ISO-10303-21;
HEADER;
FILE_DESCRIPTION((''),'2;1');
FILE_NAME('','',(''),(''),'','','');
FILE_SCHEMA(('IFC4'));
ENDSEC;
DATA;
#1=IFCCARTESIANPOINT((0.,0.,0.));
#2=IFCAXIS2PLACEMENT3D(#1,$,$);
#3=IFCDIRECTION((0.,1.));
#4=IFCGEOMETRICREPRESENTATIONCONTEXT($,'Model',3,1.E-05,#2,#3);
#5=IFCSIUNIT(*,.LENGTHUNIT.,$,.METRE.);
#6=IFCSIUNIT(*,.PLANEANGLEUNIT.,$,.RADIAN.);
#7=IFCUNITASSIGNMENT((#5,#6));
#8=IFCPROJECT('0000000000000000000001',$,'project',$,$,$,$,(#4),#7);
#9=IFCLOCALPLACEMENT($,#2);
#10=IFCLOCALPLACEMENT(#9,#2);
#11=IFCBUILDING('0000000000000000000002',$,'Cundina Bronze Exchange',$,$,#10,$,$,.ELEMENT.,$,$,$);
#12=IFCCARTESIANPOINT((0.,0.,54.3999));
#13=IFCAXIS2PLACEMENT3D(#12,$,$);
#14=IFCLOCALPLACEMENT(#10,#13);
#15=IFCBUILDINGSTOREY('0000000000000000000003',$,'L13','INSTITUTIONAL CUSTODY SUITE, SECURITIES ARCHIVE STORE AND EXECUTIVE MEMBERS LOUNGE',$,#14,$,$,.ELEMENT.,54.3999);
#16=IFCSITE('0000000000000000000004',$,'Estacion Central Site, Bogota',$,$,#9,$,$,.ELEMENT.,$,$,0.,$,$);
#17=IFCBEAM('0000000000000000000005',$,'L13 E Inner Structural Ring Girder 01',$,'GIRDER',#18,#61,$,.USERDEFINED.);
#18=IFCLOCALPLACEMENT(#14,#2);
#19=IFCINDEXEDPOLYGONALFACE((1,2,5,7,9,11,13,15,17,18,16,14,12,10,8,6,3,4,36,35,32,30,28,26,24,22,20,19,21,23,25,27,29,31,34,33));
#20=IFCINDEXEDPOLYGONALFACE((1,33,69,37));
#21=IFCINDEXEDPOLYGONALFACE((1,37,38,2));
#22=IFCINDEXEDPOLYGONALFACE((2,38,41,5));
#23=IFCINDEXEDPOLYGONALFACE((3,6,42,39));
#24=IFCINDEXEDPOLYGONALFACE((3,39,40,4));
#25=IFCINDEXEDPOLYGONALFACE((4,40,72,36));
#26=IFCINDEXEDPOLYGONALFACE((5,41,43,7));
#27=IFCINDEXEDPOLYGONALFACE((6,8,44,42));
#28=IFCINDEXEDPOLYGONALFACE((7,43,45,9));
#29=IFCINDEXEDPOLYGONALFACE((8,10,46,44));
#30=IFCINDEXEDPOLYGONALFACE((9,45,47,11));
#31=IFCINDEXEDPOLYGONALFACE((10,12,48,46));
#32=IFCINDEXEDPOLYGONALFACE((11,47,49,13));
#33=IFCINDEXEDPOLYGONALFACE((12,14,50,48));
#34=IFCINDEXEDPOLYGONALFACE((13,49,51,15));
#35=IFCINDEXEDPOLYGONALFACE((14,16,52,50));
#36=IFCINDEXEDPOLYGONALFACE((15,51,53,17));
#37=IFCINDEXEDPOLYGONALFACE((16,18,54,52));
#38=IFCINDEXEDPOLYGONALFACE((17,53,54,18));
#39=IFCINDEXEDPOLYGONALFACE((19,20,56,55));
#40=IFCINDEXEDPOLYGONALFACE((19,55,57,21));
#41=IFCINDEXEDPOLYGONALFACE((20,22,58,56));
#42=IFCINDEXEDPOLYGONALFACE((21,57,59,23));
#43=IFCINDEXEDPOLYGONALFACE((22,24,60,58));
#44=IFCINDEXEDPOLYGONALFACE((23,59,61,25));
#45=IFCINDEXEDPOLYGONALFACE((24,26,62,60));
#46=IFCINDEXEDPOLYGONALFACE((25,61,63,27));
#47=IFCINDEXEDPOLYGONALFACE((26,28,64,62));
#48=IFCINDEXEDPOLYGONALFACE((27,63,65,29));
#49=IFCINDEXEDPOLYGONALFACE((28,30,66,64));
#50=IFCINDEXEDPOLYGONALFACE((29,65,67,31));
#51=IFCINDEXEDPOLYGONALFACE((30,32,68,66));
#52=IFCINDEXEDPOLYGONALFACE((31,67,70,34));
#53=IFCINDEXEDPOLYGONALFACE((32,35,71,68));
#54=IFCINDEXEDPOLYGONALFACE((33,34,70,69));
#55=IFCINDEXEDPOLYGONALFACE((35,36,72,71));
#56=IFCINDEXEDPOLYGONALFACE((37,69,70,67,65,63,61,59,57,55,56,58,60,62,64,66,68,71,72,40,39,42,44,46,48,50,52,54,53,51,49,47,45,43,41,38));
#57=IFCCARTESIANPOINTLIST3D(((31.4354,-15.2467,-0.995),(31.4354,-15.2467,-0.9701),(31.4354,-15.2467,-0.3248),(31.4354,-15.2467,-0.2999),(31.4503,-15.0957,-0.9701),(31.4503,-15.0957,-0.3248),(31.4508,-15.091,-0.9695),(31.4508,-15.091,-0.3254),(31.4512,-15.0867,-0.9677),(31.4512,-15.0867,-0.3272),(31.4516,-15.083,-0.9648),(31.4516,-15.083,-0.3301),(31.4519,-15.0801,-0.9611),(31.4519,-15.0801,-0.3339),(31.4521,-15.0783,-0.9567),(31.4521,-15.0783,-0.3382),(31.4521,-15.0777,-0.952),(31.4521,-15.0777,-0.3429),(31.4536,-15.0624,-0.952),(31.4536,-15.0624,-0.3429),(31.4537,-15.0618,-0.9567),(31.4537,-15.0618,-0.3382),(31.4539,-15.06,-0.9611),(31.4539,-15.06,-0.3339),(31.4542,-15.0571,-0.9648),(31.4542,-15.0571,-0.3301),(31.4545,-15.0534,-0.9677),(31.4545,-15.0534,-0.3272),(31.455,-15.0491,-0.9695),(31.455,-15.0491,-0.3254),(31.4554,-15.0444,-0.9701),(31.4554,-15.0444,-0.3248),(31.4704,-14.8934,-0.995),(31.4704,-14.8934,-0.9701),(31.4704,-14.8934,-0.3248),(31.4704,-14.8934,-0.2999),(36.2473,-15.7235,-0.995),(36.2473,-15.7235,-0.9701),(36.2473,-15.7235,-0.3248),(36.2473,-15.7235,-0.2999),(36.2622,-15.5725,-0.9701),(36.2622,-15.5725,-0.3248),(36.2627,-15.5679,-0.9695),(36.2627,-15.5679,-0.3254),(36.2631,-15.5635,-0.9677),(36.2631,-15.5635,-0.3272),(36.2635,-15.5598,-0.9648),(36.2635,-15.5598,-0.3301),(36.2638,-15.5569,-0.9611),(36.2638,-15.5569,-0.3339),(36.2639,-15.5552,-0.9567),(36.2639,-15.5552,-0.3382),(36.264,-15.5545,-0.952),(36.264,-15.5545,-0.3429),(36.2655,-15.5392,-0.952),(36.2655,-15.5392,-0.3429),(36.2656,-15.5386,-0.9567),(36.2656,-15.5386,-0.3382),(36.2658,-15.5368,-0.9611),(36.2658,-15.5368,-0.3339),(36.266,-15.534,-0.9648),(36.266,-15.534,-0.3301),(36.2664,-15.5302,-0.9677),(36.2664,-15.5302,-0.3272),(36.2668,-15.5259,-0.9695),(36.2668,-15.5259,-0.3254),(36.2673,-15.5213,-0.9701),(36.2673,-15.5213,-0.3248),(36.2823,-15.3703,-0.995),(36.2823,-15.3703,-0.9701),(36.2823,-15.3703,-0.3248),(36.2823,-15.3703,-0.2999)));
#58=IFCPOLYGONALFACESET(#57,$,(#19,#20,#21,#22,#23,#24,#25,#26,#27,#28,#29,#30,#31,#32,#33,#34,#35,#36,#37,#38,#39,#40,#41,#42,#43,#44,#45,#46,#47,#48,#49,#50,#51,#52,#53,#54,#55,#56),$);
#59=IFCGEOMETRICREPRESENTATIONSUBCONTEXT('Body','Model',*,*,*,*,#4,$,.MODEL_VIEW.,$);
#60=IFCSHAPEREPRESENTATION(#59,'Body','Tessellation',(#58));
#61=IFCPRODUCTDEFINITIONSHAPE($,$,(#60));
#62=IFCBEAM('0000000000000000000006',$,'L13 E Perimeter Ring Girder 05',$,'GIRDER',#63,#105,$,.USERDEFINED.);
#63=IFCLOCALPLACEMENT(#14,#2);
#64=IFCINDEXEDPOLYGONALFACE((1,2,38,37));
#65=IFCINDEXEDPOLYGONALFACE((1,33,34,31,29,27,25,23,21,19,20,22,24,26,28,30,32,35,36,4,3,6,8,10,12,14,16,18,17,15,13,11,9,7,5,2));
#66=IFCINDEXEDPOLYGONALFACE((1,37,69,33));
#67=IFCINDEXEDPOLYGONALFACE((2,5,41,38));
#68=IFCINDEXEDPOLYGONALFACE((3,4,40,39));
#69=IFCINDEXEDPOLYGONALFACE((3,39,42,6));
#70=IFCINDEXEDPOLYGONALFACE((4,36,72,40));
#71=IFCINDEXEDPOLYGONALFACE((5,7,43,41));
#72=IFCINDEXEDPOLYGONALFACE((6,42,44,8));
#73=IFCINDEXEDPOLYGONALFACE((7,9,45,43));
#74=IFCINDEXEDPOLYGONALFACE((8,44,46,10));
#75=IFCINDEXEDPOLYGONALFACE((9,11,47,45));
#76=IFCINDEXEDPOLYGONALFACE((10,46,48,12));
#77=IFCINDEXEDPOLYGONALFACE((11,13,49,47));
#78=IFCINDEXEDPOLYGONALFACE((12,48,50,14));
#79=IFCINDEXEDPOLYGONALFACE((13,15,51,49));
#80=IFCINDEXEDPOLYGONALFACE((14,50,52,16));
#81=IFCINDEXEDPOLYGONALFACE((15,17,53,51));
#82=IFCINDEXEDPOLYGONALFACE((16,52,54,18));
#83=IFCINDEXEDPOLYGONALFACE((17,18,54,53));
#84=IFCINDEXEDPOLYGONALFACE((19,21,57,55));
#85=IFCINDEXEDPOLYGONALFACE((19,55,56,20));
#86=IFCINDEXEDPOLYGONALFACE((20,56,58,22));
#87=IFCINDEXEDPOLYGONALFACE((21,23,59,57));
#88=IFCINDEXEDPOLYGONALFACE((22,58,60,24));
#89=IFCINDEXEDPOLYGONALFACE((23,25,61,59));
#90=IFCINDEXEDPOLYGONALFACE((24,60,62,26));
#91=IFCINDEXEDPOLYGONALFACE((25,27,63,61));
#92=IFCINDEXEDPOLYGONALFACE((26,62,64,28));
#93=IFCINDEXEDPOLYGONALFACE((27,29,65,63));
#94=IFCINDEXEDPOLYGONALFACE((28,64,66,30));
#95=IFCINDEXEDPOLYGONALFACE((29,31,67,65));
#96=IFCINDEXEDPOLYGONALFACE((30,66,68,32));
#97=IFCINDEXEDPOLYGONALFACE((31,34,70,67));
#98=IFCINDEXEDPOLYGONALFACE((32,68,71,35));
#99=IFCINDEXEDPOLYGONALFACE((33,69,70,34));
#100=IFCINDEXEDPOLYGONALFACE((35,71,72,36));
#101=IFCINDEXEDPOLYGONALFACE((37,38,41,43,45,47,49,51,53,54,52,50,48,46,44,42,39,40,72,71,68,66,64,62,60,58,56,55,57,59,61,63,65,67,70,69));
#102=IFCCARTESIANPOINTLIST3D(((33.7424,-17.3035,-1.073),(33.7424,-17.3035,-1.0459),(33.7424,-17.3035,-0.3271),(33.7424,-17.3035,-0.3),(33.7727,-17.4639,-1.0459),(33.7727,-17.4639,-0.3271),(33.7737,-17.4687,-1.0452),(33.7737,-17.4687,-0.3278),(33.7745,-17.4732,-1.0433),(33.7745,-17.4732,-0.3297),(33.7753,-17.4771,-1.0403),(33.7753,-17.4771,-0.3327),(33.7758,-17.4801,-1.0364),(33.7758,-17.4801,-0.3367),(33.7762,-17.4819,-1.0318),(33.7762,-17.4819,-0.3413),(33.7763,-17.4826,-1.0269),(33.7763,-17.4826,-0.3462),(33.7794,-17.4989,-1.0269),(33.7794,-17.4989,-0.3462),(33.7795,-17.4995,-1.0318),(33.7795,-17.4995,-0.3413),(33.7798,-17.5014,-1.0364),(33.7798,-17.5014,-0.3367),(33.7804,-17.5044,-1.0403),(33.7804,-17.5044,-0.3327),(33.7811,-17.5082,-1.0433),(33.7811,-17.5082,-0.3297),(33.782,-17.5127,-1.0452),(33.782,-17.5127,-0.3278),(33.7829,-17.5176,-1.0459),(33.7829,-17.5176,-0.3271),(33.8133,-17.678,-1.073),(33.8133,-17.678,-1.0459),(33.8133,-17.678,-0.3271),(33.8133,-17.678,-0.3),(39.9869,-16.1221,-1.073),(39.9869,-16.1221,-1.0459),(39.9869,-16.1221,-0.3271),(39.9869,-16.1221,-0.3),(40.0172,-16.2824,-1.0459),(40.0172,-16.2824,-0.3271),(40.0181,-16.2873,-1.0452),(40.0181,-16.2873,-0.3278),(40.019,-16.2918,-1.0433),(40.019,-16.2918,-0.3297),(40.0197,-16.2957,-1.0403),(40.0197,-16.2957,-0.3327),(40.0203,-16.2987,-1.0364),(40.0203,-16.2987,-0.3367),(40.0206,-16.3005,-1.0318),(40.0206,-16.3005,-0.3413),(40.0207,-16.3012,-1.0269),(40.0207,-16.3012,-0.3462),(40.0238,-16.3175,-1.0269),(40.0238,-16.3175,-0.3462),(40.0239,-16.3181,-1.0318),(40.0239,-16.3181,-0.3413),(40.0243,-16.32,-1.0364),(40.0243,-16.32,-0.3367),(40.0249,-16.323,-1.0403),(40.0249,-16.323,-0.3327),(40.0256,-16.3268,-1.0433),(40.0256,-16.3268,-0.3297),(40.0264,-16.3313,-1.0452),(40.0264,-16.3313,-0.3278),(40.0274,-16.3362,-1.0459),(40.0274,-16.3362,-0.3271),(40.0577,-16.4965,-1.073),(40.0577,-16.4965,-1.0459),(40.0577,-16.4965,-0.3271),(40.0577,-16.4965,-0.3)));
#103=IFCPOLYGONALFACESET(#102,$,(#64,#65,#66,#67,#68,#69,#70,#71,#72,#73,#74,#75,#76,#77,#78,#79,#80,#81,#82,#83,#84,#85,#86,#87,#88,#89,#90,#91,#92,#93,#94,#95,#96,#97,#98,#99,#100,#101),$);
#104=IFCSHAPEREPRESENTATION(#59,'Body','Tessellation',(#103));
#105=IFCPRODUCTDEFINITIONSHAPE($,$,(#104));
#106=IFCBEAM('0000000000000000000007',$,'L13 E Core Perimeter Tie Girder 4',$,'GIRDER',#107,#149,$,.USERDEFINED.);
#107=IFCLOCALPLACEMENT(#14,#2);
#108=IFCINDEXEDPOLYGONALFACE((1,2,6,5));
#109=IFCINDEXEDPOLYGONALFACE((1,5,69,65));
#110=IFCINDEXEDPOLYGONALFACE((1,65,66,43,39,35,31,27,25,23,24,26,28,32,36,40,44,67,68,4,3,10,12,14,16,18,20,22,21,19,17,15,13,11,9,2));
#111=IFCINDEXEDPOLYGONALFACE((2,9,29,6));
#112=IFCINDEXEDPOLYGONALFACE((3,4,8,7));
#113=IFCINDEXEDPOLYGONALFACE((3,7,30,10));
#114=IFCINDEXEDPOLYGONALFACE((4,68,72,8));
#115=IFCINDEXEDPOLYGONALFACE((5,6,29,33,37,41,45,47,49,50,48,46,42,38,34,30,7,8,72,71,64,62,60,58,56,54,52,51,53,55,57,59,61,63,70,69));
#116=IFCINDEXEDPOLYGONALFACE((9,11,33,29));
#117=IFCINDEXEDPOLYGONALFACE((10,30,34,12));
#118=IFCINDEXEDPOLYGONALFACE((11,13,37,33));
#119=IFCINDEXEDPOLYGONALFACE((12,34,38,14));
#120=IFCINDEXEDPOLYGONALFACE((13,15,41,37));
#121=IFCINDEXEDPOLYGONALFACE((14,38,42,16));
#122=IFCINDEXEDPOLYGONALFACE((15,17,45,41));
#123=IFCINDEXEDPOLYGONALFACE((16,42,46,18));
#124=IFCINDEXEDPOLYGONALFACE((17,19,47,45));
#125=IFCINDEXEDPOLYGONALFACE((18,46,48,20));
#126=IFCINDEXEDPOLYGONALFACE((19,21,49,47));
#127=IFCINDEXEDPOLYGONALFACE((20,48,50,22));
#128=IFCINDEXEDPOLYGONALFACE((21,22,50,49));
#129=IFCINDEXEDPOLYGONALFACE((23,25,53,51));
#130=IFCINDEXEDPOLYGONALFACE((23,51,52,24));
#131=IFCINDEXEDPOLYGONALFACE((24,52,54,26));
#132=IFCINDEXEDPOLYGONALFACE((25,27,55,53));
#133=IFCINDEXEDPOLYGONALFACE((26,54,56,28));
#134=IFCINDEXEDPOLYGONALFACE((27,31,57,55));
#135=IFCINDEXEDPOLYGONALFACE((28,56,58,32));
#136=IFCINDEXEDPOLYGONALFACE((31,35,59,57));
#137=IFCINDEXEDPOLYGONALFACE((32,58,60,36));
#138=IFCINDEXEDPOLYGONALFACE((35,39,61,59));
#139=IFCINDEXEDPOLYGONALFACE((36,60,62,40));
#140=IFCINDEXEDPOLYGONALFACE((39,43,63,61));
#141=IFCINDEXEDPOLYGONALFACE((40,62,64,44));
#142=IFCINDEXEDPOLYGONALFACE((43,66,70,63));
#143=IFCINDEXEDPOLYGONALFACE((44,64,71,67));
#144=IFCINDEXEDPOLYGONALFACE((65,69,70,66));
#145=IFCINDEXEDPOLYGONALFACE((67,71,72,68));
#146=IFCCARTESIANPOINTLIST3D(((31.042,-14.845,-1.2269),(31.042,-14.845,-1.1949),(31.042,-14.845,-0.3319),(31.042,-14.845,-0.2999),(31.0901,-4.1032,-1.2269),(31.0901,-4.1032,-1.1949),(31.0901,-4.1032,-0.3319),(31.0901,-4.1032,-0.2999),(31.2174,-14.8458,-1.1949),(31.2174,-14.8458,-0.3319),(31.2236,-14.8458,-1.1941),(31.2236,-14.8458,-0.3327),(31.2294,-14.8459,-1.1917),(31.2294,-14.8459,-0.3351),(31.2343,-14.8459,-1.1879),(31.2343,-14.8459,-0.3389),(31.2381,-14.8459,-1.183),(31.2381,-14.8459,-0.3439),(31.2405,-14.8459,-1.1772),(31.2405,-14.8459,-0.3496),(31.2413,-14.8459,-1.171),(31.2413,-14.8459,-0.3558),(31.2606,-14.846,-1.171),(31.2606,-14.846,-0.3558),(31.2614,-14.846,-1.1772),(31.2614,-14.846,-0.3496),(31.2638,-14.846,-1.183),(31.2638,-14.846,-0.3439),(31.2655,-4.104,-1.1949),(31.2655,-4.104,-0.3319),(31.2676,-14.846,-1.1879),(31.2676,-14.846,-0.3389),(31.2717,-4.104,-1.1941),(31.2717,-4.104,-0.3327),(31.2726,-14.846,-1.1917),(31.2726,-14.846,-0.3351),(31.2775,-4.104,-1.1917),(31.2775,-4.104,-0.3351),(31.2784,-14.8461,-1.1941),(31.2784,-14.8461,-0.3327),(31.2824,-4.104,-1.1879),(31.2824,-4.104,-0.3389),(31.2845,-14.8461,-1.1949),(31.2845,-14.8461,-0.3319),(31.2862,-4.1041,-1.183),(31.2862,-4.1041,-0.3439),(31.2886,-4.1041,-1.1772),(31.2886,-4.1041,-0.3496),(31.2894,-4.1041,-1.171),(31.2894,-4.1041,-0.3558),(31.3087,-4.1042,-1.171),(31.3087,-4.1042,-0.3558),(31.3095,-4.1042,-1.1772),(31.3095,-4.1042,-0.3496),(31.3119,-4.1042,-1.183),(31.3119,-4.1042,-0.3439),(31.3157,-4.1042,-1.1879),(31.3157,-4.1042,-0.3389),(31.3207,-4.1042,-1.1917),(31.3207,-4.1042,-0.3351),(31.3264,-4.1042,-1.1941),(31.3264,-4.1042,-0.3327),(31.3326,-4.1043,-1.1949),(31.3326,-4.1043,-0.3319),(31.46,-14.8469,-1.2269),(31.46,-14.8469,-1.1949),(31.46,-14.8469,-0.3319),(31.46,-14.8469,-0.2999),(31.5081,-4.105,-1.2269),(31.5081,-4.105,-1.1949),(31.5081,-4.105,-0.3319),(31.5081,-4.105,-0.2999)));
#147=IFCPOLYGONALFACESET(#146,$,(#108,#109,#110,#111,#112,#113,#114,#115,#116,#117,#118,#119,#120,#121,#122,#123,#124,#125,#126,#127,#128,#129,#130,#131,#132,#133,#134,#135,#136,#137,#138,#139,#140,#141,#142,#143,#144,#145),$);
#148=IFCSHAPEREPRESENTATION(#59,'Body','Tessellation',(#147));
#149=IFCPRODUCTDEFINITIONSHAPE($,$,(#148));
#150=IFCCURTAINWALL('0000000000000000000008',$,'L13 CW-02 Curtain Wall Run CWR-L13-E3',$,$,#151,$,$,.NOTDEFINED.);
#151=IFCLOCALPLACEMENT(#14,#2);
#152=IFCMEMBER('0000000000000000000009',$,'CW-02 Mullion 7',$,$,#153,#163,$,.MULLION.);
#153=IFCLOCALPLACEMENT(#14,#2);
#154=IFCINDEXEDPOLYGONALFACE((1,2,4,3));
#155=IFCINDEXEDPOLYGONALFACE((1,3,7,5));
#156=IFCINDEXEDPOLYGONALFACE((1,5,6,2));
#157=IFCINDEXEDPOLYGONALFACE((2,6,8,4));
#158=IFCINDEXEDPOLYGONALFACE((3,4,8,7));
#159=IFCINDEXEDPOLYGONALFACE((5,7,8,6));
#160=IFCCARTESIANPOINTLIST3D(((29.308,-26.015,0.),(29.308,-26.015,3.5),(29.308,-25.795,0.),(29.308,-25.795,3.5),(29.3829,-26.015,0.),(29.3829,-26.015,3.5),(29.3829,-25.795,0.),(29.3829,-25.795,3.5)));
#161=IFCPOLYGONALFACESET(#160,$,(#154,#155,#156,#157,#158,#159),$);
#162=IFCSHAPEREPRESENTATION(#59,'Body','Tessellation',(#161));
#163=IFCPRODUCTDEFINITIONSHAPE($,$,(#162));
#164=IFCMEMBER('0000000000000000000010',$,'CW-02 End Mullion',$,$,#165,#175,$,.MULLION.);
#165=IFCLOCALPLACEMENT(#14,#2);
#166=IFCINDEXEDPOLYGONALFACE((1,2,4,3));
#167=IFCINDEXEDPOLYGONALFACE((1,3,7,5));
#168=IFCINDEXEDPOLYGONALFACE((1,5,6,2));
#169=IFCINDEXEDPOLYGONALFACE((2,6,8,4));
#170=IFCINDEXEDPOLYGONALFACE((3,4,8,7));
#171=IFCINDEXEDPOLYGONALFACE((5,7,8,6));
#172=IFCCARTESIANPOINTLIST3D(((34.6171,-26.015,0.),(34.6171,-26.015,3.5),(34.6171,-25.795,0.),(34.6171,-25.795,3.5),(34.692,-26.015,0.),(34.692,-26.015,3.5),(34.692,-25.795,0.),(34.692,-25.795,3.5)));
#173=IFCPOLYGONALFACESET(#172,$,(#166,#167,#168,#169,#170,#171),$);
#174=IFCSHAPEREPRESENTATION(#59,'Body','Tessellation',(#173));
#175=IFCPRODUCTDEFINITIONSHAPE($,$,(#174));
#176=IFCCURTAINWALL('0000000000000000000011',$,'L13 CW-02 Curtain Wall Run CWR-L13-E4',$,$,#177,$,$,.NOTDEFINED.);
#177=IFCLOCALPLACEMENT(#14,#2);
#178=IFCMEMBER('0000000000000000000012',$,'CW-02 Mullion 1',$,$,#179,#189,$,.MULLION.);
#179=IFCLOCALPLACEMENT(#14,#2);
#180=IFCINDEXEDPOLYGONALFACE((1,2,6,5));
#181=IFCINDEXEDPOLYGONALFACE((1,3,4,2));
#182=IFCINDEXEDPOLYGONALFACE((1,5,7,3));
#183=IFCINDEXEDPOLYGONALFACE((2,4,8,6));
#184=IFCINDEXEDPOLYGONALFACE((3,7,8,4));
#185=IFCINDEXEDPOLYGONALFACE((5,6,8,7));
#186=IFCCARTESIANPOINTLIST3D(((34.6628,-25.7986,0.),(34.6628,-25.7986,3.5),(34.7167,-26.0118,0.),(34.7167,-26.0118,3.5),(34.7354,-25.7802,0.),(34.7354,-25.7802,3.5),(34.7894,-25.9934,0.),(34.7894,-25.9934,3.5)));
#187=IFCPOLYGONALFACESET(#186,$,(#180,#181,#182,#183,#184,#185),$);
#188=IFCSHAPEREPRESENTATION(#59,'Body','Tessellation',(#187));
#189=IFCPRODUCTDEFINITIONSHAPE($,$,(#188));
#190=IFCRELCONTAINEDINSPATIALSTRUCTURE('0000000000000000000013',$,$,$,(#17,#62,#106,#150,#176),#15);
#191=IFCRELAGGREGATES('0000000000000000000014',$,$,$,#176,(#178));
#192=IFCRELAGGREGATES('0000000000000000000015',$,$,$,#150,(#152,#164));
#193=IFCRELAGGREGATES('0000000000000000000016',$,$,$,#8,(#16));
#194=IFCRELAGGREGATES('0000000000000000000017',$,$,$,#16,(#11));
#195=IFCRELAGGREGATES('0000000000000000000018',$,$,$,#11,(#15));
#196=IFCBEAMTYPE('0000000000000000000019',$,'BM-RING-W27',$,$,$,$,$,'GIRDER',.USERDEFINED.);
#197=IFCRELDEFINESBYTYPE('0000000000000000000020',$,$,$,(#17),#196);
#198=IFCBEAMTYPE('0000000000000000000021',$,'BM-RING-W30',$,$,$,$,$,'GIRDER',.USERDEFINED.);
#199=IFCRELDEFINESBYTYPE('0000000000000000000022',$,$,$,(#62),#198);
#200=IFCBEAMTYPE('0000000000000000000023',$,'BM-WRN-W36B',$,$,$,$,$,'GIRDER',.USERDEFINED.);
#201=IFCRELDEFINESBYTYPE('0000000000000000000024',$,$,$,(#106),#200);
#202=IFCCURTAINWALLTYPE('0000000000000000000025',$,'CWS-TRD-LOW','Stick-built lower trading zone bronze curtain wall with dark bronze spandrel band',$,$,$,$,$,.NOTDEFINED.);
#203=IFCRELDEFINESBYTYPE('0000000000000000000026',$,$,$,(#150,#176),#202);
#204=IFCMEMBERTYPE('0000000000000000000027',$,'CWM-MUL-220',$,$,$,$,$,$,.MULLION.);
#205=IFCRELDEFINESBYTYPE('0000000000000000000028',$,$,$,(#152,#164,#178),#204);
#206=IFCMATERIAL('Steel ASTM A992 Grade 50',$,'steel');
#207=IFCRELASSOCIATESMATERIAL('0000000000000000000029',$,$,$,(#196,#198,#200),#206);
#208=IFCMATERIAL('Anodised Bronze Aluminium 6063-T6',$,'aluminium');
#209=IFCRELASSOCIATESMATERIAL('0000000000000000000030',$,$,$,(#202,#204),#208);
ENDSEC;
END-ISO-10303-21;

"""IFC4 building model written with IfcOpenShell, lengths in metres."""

from ifc_helpers import new_model, si_unit, direction, frame, origin, origin_2d, place, context, subcontext, project, spatial, rectangle, i_section, extrude, material, material_profile, profile_set, type_object, element, aggregate, save


model = new_model("IFC4")

# Units and contexts
model_context = context("Model", 3, precision=1e-05, world=origin(), true_north=direction((0.0, 1.0)))
body_context = subcontext(model_context, "Body", "Model", "MODEL_VIEW")
ifc_project = project(units=[si_unit("LENGTHUNIT", "METRE"), si_unit("PLANEANGLEUNIT", "RADIAN")], contexts=[model_context])

# Site, building, storey
site_placement = place(None, origin())
site = spatial("IfcSite", under=ifc_project, at=site_placement, Name="Estacion Central Site, Bogota", CompositionType="ELEMENT", RefElevation=0.0)
building_placement = place(site_placement, origin())
building = spatial("IfcBuilding", under=site, at=building_placement, Name="Cundina Bronze Exchange", CompositionType="ELEMENT")
storey_placement = place(building_placement, frame((0.0, 0.0, 54.3999)))
storey = spatial("IfcBuildingStorey", under=building, at=storey_placement, Name="L13", Description="INSTITUTIONAL CUSTODY SUITE, SECURITIES ARCHIVE STORE AND EXECUTIVE MEMBERS LOUNGE", CompositionType="ELEMENT", Elevation=54.3999)

# Shared definitions
ifc_material_1 = material(Name="Steel ASTM A992 Grade 50", Category="steel")

# Beams
ifc_material_profile_1 = material_profile(ifc_material_1, i_section(OverallWidth=0.355, OverallDepth=0.6951, WebThickness=0.0154, FlangeThickness=0.0249, FilletRadius=0.0181, at=origin_2d()), Name="W27X146", Category="steel")
ifc_profile_set_1 = profile_set([ifc_material_profile_1], Name="Steel ASTM A992 Grade 50")
beam_type_1 = type_object("IfcBeamType", Name="BM-RING-W27", ElementType="GIRDER", PredefinedType="USERDEFINED", material=ifc_profile_set_1)
beam_1_placement = place(storey_placement, frame((31.4529, -15.0701, -0.6475), z_axis=(0.995126, -0.098609, 0.0), x_axis=(0.098609, 0.995126, 0.0)))
element("IfcBeam", 1, at=beam_1_placement, inside=storey, type_object=beam_type_1, Name="L13 E Inner Structural Ring Girder 01", ObjectType="GIRDER", PredefinedType="USERDEFINED", context=body_context, shape_type="SweptSolid", body=[
    extrude(i_section(OverallWidth=0.355, OverallDepth=0.6951, WebThickness=0.0154, FlangeThickness=0.0249, FilletRadius=0.0181, at=origin_2d()), origin(), (0.0, 0.0, 1.0), 4.8354),
])
ifc_material_profile_2 = material_profile(ifc_material_1, i_section(OverallWidth=0.3811, OverallDepth=0.7729, WebThickness=0.0166, FlangeThickness=0.0271, FilletRadius=0.019, at=origin_2d()), Name="W30X173", Category="steel")
ifc_profile_set_2 = profile_set([ifc_material_profile_2], Name="Steel ASTM A992 Grade 50")
beam_type_2 = type_object("IfcBeamType", Name="BM-RING-W30", ElementType="GIRDER", PredefinedType="USERDEFINED", material=ifc_profile_set_2)
beam_2_placement = place(storey_placement, frame((33.7778, -17.4907, -0.6865), z_axis=(0.982569, 0.185896, 0.0), x_axis=(-0.185896, 0.982569, 0.0)))
element("IfcBeam", 2, at=beam_2_placement, inside=storey, type_object=beam_type_2, Name="L13 E Perimeter Ring Girder 05", ObjectType="GIRDER", PredefinedType="USERDEFINED", context=body_context, shape_type="SweptSolid", body=[
    extrude(i_section(OverallWidth=0.3811, OverallDepth=0.7729, WebThickness=0.0166, FlangeThickness=0.0271, FilletRadius=0.019, at=origin_2d()), origin(), (0.0, 0.0, 1.0), 6.3552),
])
ifc_material_profile_3 = material_profile(ifc_material_1, i_section(OverallWidth=0.418, OverallDepth=0.927, WebThickness=0.0193, FlangeThickness=0.032, FilletRadius=0.0239, at=origin_2d()), Name="W36X231", Category="steel")
ifc_profile_set_3 = profile_set([ifc_material_profile_3], Name="Steel ASTM A992 Grade 50")
beam_type_3 = type_object("IfcBeamType", Name="BM-WRN-W36B", ElementType="GIRDER", PredefinedType="USERDEFINED", material=ifc_profile_set_3)
beam_3_placement = place(storey_placement, frame((31.251, -14.8459, -0.7634), z_axis=(0.004477, 0.99999, 0.0), x_axis=(-0.99999, 0.004477, 0.0)))
element("IfcBeam", 3, at=beam_3_placement, inside=storey, type_object=beam_type_3, Name="L13 E Core Perimeter Tie Girder 4", ObjectType="GIRDER", PredefinedType="USERDEFINED", context=body_context, shape_type="SweptSolid", body=[
    extrude(i_section(OverallWidth=0.418, OverallDepth=0.927, WebThickness=0.0193, FlangeThickness=0.032, FilletRadius=0.0239, at=origin_2d()), origin(), (0.0, 0.0, 1.0), 10.7419),
])

# Curtain wall, members
ifc_material_2 = material(Name="Anodised Bronze Aluminium 6063-T6", Category="aluminium")
curtain_wall_type = type_object("IfcCurtainWallType", Name="CWS-TRD-LOW", Description="Stick-built lower trading zone bronze curtain wall with dark bronze spandrel band", PredefinedType="NOTDEFINED", material=ifc_material_2)
curtain_wall_1_placement = place(storey_placement, origin())
curtain_wall_1 = element("IfcCurtainWall", 4, at=curtain_wall_1_placement, inside=storey, type_object=curtain_wall_type, Name="L13 CW-02 Curtain Wall Run CWR-L13-E3", PredefinedType="NOTDEFINED")
ifc_material_profile_4 = material_profile(ifc_material_2, rectangle(XDim=0.075, YDim=0.22, at=origin_2d()), Name="AL75X220", Category="aluminium")
ifc_profile_set_4 = profile_set([ifc_material_profile_4], Name="Anodised Bronze Aluminium 6063-T6")
member_type_1 = type_object("IfcMemberType", Name="CWM-MUL-220", PredefinedType="MULLION", material=ifc_profile_set_4)
member_1_placement = place(storey_placement, frame((29.3455, -25.905, 0.0), z_axis=(0.0, 0.0, 1.0), x_axis=(1.0, 0.0, 0.0)))
member_1 = element("IfcMember", 5, at=member_1_placement, type_object=member_type_1, Name="CW-02 Mullion 7", PredefinedType="MULLION", context=body_context, shape_type="SweptSolid", body=[
    extrude(rectangle(XDim=0.075, YDim=0.22, at=origin_2d()), origin(), (0.0, 0.0, 1.0), 3.5),
])
member_2_placement = place(storey_placement, frame((34.6545, -25.905, 0.0), z_axis=(0.0, 0.0, 1.0), x_axis=(1.0, 0.0, 0.0)))
member_2 = element("IfcMember", 6, at=member_2_placement, type_object=member_type_1, Name="CW-02 End Mullion", PredefinedType="MULLION", context=body_context, shape_type="SweptSolid", body=[
    extrude(rectangle(XDim=0.075, YDim=0.22, at=origin_2d()), origin(), (0.0, 0.0, 1.0), 3.5),
])

# Curtain wall, member
curtain_wall_2_placement = place(storey_placement, origin())
curtain_wall_2 = element("IfcCurtainWall", 7, at=curtain_wall_2_placement, inside=storey, type_object=curtain_wall_type, Name="L13 CW-02 Curtain Wall Run CWR-L13-E4", PredefinedType="NOTDEFINED")
member_3_placement = place(storey_placement, frame((34.7261, -25.896, 0.0), z_axis=(0.0, 0.0, 1.0), x_axis=(0.969488, 0.245138, 0.0)))
member_3 = element("IfcMember", 8, at=member_3_placement, type_object=member_type_1, Name="CW-02 Mullion 1", PredefinedType="MULLION", context=body_context, shape_type="SweptSolid", body=[
    extrude(rectangle(XDim=0.075, YDim=0.22, at=origin_2d()), origin(), (0.0, 0.0, 1.0), 3.5),
])
aggregate(curtain_wall_2, [member_3])

aggregate(curtain_wall_1, [member_1, member_2])

save(model, "model.ifc")
